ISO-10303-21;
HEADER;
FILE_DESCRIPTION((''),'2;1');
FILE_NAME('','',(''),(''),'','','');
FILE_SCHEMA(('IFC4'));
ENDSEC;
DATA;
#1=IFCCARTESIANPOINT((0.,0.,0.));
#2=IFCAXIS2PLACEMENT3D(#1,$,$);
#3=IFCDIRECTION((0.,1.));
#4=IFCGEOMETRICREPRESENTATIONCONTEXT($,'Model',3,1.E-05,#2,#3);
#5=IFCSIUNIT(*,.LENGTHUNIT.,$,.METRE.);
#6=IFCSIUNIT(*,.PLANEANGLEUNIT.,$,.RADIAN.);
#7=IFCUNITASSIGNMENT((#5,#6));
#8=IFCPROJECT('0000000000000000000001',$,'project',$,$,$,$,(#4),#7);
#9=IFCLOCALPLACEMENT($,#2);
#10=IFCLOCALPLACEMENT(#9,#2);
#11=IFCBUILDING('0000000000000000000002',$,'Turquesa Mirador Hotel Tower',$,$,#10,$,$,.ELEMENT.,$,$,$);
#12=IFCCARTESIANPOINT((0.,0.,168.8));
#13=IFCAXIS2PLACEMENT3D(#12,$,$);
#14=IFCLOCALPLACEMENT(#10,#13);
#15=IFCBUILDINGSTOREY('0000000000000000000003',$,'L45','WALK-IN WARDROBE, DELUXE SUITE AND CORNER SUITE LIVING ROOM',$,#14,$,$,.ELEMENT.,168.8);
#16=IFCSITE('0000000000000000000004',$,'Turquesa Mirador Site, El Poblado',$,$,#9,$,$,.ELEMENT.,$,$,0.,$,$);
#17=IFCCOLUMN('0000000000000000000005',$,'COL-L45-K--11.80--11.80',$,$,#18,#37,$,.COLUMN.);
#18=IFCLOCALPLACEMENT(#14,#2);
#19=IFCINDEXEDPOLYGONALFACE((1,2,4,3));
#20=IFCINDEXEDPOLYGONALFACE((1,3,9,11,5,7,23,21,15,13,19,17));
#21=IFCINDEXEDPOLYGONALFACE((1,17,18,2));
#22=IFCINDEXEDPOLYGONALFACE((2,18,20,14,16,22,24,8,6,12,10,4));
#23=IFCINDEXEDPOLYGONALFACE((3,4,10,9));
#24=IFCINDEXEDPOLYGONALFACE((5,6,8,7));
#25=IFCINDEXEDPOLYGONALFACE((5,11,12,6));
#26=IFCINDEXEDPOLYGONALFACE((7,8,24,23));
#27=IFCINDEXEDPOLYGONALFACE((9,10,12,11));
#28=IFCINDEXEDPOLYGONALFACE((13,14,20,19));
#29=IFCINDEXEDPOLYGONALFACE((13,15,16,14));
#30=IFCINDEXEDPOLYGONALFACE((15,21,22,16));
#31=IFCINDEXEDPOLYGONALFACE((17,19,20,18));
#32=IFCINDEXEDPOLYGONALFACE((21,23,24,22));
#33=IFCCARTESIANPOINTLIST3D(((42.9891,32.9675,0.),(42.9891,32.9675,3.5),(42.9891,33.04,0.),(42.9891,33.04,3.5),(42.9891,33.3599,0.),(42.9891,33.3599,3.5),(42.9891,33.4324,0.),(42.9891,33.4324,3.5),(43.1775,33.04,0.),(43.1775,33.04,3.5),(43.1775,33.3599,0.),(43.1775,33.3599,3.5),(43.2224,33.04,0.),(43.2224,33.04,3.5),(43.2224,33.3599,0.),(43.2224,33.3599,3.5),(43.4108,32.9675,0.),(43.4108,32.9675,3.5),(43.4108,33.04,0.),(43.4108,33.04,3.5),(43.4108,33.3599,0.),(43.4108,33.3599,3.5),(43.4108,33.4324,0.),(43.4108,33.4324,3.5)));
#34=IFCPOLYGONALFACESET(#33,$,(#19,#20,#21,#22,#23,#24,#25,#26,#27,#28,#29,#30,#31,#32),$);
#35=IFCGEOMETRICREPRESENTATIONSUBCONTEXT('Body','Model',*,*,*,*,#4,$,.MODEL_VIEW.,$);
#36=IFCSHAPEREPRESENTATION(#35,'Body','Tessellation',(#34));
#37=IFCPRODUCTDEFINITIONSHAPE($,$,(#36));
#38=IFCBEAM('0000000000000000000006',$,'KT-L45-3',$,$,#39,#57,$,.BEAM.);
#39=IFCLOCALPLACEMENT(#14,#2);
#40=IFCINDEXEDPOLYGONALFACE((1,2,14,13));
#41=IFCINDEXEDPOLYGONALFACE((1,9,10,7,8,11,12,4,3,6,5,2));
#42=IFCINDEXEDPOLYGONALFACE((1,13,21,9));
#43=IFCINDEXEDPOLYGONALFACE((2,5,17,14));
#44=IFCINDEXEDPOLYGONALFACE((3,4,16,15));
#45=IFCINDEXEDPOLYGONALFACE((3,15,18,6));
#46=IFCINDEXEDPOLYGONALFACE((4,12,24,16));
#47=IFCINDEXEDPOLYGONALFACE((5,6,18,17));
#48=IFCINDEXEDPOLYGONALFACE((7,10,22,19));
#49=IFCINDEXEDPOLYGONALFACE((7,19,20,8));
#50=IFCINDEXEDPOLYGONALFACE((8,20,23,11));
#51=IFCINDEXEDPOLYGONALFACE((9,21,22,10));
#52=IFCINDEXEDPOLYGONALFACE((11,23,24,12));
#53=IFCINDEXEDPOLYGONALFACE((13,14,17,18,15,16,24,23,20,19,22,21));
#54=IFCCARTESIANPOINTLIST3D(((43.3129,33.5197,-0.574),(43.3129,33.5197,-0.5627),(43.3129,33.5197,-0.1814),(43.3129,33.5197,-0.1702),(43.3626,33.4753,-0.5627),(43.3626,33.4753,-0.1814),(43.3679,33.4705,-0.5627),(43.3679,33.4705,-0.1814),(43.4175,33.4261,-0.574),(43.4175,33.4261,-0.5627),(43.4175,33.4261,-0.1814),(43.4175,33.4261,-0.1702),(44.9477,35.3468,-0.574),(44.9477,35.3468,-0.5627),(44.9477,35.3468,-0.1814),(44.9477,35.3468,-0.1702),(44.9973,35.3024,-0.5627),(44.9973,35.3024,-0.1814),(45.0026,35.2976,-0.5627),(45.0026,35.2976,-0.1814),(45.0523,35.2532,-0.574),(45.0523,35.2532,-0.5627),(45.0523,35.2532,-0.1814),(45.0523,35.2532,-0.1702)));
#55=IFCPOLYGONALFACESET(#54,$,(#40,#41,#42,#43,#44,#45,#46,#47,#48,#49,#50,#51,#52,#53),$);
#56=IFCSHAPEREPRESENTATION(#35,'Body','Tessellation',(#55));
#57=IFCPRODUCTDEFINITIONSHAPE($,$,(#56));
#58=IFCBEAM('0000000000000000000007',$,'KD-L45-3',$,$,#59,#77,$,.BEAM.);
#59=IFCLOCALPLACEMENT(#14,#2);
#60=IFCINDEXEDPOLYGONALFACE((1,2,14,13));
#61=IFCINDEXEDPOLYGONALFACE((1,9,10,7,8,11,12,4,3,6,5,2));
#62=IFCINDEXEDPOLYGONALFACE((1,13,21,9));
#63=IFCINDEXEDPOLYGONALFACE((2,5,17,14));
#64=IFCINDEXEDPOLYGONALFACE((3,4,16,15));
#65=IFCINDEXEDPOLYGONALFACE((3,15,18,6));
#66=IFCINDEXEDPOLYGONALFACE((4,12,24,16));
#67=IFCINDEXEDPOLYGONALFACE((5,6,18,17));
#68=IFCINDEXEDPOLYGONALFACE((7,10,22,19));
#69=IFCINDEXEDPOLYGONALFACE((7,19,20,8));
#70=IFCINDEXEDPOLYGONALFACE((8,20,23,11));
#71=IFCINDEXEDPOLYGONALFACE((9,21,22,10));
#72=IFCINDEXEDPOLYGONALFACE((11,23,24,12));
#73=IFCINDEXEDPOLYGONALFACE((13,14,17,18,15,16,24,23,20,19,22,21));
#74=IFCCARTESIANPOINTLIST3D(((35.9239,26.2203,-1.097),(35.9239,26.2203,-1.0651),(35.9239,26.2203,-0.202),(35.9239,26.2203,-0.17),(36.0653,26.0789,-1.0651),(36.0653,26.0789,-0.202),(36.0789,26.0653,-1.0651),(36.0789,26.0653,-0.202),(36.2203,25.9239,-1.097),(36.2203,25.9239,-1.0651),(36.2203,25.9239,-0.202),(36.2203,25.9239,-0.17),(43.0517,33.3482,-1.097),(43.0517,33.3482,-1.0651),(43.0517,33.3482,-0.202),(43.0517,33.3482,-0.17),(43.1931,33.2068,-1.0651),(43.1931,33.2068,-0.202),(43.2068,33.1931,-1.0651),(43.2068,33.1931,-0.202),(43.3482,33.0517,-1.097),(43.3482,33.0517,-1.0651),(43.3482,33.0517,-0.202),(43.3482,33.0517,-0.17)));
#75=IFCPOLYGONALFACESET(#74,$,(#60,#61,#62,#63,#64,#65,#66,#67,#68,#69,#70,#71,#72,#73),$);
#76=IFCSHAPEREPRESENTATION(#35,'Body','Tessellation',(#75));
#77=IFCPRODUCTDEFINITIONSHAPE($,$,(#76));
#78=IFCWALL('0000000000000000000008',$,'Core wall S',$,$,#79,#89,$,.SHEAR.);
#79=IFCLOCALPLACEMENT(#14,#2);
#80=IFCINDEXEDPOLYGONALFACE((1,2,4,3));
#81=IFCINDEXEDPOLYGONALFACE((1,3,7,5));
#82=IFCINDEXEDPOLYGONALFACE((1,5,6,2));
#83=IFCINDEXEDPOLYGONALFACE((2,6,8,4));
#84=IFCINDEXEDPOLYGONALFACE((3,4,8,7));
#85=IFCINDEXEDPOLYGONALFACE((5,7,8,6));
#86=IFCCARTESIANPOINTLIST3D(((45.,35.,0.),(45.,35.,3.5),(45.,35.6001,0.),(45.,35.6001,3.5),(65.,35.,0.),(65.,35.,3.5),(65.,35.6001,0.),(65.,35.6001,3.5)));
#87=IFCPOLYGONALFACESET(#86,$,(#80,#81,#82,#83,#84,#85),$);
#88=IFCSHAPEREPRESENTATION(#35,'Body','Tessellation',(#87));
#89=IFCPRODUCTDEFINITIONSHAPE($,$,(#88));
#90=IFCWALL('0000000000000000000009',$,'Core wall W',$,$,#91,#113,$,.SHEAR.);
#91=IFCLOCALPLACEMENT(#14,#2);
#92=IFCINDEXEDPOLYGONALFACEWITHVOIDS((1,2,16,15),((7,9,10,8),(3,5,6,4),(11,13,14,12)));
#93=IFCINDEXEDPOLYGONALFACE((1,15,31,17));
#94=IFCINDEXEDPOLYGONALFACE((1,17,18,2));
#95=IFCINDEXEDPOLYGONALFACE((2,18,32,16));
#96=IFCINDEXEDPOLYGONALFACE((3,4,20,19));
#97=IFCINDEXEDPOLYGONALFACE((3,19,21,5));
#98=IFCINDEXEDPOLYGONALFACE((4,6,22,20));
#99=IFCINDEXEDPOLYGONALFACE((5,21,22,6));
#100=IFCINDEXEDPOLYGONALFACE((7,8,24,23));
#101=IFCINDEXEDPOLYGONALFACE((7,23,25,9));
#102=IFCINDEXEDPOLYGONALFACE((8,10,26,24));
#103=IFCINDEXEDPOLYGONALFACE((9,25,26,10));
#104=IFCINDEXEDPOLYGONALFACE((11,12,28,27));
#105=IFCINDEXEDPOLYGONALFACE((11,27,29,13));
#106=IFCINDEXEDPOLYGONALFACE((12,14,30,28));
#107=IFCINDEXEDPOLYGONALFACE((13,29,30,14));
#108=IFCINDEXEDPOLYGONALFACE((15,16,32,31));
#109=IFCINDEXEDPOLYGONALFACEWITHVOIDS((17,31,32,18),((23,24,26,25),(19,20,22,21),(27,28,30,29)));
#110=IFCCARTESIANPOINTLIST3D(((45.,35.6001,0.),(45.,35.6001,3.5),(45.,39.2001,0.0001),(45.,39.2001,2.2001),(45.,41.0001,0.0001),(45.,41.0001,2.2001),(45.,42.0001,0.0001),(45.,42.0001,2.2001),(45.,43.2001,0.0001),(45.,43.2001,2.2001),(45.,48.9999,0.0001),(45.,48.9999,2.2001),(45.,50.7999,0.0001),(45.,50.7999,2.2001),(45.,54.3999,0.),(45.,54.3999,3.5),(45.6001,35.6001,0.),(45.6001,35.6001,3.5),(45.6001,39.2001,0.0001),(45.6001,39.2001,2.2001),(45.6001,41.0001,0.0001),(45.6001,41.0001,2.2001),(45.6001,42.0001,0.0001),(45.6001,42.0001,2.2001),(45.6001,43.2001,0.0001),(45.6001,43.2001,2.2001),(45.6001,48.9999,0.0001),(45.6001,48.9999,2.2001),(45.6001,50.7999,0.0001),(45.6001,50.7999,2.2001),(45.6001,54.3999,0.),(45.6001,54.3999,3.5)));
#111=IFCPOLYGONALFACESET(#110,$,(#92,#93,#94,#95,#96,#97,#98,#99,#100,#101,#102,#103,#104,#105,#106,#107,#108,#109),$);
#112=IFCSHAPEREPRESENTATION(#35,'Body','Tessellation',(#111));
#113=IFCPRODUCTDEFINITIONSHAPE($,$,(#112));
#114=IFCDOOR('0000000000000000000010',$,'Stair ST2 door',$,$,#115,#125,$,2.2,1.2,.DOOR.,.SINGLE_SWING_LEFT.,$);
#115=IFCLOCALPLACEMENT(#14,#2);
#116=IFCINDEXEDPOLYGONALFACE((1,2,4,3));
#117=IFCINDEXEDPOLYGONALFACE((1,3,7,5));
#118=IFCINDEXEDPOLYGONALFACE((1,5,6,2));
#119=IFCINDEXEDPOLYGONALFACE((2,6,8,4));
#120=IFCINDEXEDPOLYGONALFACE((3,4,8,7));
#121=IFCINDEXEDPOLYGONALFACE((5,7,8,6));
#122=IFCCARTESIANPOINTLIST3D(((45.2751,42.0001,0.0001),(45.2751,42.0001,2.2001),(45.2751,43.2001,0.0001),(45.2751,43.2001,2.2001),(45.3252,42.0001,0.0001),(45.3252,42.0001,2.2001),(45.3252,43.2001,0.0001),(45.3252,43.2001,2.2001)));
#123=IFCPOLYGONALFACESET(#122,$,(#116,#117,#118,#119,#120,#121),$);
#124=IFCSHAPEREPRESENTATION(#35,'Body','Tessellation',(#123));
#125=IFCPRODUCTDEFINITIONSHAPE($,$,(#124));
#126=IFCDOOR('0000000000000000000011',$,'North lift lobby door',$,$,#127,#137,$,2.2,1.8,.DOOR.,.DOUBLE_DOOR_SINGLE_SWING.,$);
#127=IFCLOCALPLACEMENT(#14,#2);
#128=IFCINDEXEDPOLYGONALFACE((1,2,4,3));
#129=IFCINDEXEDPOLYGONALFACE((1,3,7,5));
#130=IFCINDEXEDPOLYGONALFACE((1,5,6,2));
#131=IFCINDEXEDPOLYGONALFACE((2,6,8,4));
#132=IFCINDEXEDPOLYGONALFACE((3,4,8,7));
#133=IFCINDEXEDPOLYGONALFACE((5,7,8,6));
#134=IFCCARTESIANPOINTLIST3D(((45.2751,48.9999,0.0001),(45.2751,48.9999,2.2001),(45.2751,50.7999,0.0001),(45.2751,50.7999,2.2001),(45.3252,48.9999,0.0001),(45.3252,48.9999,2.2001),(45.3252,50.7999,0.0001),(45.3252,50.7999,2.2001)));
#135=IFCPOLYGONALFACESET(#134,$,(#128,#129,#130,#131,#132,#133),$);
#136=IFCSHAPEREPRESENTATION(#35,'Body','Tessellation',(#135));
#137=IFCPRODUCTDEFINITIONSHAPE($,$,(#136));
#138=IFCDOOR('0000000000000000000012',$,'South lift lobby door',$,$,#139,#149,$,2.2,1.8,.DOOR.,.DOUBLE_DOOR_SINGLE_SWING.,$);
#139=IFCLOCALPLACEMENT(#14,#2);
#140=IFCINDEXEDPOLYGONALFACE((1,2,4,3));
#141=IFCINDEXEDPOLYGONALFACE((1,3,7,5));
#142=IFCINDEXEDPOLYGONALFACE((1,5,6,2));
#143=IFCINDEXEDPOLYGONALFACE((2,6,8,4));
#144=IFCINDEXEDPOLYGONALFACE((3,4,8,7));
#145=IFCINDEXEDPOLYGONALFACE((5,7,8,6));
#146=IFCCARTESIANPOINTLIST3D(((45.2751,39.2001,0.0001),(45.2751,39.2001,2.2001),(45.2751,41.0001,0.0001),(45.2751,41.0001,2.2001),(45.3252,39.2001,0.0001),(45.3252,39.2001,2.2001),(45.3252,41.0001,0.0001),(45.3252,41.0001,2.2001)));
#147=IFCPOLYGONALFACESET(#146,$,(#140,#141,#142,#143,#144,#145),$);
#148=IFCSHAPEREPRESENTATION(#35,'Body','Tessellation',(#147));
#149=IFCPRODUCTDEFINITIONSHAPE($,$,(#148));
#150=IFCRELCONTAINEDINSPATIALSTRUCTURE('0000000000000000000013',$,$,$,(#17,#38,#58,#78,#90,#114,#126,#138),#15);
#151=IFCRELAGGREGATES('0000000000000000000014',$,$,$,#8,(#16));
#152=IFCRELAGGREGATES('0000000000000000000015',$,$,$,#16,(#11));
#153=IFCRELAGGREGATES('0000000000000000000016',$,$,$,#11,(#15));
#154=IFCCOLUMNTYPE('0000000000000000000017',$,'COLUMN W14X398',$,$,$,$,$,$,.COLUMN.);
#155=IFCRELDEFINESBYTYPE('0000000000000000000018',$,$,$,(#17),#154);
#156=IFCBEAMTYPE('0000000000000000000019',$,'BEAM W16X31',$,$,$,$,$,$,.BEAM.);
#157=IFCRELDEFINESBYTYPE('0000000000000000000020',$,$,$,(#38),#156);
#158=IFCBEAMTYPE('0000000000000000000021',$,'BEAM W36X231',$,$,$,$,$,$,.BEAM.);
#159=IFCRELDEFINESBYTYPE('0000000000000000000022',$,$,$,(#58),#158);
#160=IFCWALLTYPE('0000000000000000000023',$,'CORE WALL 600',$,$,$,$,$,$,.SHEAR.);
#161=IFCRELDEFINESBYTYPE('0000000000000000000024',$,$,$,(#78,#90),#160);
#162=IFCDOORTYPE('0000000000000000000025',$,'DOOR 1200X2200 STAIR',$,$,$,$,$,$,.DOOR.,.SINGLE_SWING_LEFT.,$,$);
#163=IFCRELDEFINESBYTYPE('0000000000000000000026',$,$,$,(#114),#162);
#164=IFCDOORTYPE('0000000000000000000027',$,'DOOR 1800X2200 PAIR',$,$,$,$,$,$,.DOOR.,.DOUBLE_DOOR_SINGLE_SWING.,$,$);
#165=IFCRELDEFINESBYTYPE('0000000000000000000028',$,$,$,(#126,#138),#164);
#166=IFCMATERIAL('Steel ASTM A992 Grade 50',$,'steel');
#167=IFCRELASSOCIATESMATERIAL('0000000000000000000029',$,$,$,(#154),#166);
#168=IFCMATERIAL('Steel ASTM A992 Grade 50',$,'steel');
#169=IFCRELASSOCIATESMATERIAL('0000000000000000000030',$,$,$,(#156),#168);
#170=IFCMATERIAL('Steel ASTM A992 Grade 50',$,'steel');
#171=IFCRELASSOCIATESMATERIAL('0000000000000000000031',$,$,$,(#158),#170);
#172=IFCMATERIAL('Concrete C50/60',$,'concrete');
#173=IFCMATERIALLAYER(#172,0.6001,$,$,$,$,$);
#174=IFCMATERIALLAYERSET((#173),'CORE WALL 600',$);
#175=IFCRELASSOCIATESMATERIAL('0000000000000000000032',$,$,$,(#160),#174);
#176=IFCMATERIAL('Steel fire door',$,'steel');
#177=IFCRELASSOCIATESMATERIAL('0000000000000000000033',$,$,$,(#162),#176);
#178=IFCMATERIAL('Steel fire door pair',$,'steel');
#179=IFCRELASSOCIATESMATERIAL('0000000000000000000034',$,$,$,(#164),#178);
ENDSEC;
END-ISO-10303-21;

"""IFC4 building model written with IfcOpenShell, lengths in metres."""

from ifc_helpers import new_model, si_unit, direction, frame, frame_2d, origin, origin_2d, place, context, subcontext, project, spatial, rectangle, i_section, extrude, material, layer, layer_set, material_profile, profile_set, type_object, element, fill, save


model = new_model("IFC4")

# Units and contexts
model_context = context("Model", 3, precision=1e-05, world=origin(), true_north=direction((0.0, 1.0)))
body_context = subcontext(model_context, "Body", "Model", "MODEL_VIEW")
ifc_project = project(units=[si_unit("LENGTHUNIT", "METRE"), si_unit("PLANEANGLEUNIT", "RADIAN")], contexts=[model_context])

# Site, building, storey
site_placement = place(None, origin())
site = spatial("IfcSite", under=ifc_project, at=site_placement, Name="Turquesa Mirador Site, El Poblado", CompositionType="ELEMENT", RefElevation=0.0)
building_placement = place(site_placement, origin())
building = spatial("IfcBuilding", under=site, at=building_placement, Name="Turquesa Mirador Hotel Tower", CompositionType="ELEMENT")
storey_placement = place(building_placement, frame((0.0, 0.0, 168.8)))
storey = spatial("IfcBuildingStorey", under=building, at=storey_placement, Name="L45", Description="WALK-IN WARDROBE, DELUXE SUITE AND CORNER SUITE LIVING ROOM", CompositionType="ELEMENT", Elevation=168.8)

# Column
ifc_material_1 = material(Name="Steel ASTM A992 Grade 50", Category="steel")
ifc_material_profile_1 = material_profile(ifc_material_1, i_section(OverallWidth=0.4216, OverallDepth=0.4648, WebThickness=0.0449, FlangeThickness=0.0725, at=origin_2d()), Name="W14X398")
ifc_profile_set_1 = profile_set([ifc_material_profile_1], Name="Steel ASTM A992 Grade 50")
column_type = type_object("IfcColumnType", Name="COLUMN W14X398", PredefinedType="COLUMN", material=ifc_profile_set_1)
column_placement = place(storey_placement, frame((43.2, 33.2, 0.0), z_axis=(0.0, 0.0, 1.0), x_axis=(1.0, 0.0, 0.0)))
element("IfcColumn", 1, at=column_placement, inside=storey, type_object=column_type, Name="COL-L45-K--11.80--11.80", PredefinedType="COLUMN", context=body_context, shape_type="SweptSolid", body=[
    extrude(i_section(OverallWidth=0.4216, OverallDepth=0.4648, WebThickness=0.0449, FlangeThickness=0.0725, at=origin_2d()), origin(), (0.0, 0.0, 1.0), 3.5),
])

# Beams
ifc_material_2 = material(Name="Steel ASTM A992 Grade 50", Category="steel")
ifc_material_profile_2 = material_profile(ifc_material_2, i_section(OverallWidth=0.1404, OverallDepth=0.4038, WebThickness=0.0071, FlangeThickness=0.0112, at=origin_2d()), Name="W16X31")
ifc_profile_set_2 = profile_set([ifc_material_profile_2], Name="Steel ASTM A992 Grade 50")
beam_type_1 = type_object("IfcBeamType", Name="BEAM W16X31", PredefinedType="BEAM", material=ifc_profile_set_2)
beam_1_placement = place(storey_placement, frame((43.3652, 33.4729, -0.3721), z_axis=(0.666783, 0.745252, 0.0), x_axis=(-0.745252, 0.666783, 0.0)))
element("IfcBeam", 2, at=beam_1_placement, inside=storey, type_object=beam_type_1, Name="KT-L45-3", PredefinedType="BEAM", context=body_context, shape_type="SweptSolid", body=[
    extrude(i_section(OverallWidth=0.1404, OverallDepth=0.4038, WebThickness=0.0071, FlangeThickness=0.0112, at=origin_2d()), origin(), (0.0, 0.0, 1.0), 2.4517),
])
ifc_material_3 = material(Name="Steel ASTM A992 Grade 50", Category="steel")
ifc_material_profile_3 = material_profile(ifc_material_3, i_section(OverallWidth=0.4192, OverallDepth=0.927, WebThickness=0.0193, FlangeThickness=0.032, at=origin_2d()), Name="W36X231")
ifc_profile_set_3 = profile_set([ifc_material_profile_3], Name="Steel ASTM A992 Grade 50")
beam_type_2 = type_object("IfcBeamType", Name="BEAM W36X231", PredefinedType="BEAM", material=ifc_profile_set_3)
beam_2_placement = place(storey_placement, frame((43.2, 33.2, -0.6335), z_axis=(-0.707107, -0.707107, 0.0), x_axis=(0.707107, -0.707107, 0.0)))
element("IfcBeam", 3, at=beam_2_placement, inside=storey, type_object=beam_type_2, Name="KD-L45-3", PredefinedType="BEAM", context=body_context, shape_type="SweptSolid", body=[
    extrude(i_section(OverallWidth=0.4192, OverallDepth=0.927, WebThickness=0.0193, FlangeThickness=0.032, at=origin_2d()), origin(), (0.0, 0.0, 1.0), 10.0803),
])

# Wall
ifc_material_4 = material(Name="Concrete C50/60", Category="concrete")
ifc_layer_1 = layer(ifc_material_4, 0.6001)
ifc_layer_set_1 = layer_set([ifc_layer_1], Name="CORE WALL 600")
wall_type_1 = type_object("IfcWallType", Name="CORE WALL 600", PredefinedType="SHEAR", material=ifc_layer_set_1)
wall_1_placement = place(storey_placement, frame((45.0, 35.3, 0.0), z_axis=(0.0, 0.0, 1.0), x_axis=(1.0, 0.0, 0.0)))
element("IfcWall", 4, at=wall_1_placement, inside=storey, type_object=wall_type_1, Name="Core wall S", PredefinedType="SHEAR", context=body_context, shape_type="SweptSolid", body=[
    extrude(rectangle(XDim=20.0, YDim=0.6001, at=frame_2d((10.0, 0.0))), origin(), (0.0, 0.0, 1.0), 3.5),
])

# Wall, openings, doors
wall_2_placement = place(storey_placement, frame((45.3, 35.6001, 0.0), z_axis=(0.0, 0.0, 1.0), x_axis=(0.0, 1.0, 0.0)))
wall_2 = element("IfcWall", 5, at=wall_2_placement, inside=storey, type_object=wall_type_1, Name="Core wall W", PredefinedType="SHEAR", context=body_context, shape_type="SweptSolid", body=[
    extrude(rectangle(XDim=18.7998, YDim=0.6001, at=frame_2d((9.3999, 0.0))), origin(), (0.0, 0.0, 1.0), 3.5),
])
opening_1_placement = place(wall_2_placement, frame((13.3999, 0.0, 0.0)))
opening_1 = element("IfcOpeningElement", 6, at=opening_1_placement, cuts=wall_2, PredefinedType="OPENING", context=body_context, shape_type="SweptSolid", body=[
    extrude(rectangle(XDim=1.8, YDim=2.2, at=frame_2d((0.8999, 1.1001))), frame((0.0, 0.3101, 0.0), z_axis=(0.0, -1.0, 0.0), x_axis=(1.0, 0.0, 0.0)), (0.0, 0.0, 1.0), 0.6201),
])
opening_2_placement = place(wall_2_placement, frame((3.6001, 0.0, 0.0)))
opening_2 = element("IfcOpeningElement", 7, at=opening_2_placement, cuts=wall_2, PredefinedType="OPENING", context=body_context, shape_type="SweptSolid", body=[
    extrude(rectangle(XDim=1.8, YDim=2.2, at=frame_2d((0.8999, 1.1001))), frame((0.0, 0.3101, 0.0), z_axis=(0.0, -1.0, 0.0), x_axis=(1.0, 0.0, 0.0)), (0.0, 0.0, 1.0), 0.6201),
])
opening_3_placement = place(wall_2_placement, frame((6.3999, 0.0, 0.0)))
opening_3 = element("IfcOpeningElement", 8, at=opening_3_placement, cuts=wall_2, PredefinedType="OPENING", context=body_context, shape_type="SweptSolid", body=[
    extrude(rectangle(XDim=1.2, YDim=2.2, at=frame_2d((0.6001, 1.1001))), frame((0.0, 0.3101, 0.0), z_axis=(0.0, -1.0, 0.0), x_axis=(1.0, 0.0, 0.0)), (0.0, 0.0, 1.0), 0.6201),
])
ifc_material_5 = material(Name="Steel fire door", Category="steel")
door_type_1 = type_object("IfcDoorType", Name="DOOR 1200X2200 STAIR", OperationType="SINGLE_SWING_LEFT", PredefinedType="DOOR", material=ifc_material_5)
door_1_placement = place(opening_3_placement, origin())
door_1 = element("IfcDoor", 9, at=door_1_placement, inside=storey, type_object=door_type_1, Name="Stair ST2 door", OperationType="SINGLE_SWING_LEFT", OverallHeight=2.2, OverallWidth=1.2, PredefinedType="DOOR", context=body_context, shape_type="SweptSolid", body=[
    extrude(rectangle(XDim=1.2, YDim=2.2, at=frame_2d((0.6001, 1.1001))), frame((0.0, 0.0249, 0.0), z_axis=(0.0, -1.0, 0.0), x_axis=(1.0, 0.0, 0.0)), (0.0, 0.0, 1.0), 0.05),
])
fill(opening_3, door_1)
ifc_material_6 = material(Name="Steel fire door pair", Category="steel")
door_type_2 = type_object("IfcDoorType", Name="DOOR 1800X2200 PAIR", OperationType="DOUBLE_DOOR_SINGLE_SWING", PredefinedType="DOOR", material=ifc_material_6)
door_2_placement = place(opening_1_placement, origin())
door_2 = element("IfcDoor", 10, at=door_2_placement, inside=storey, type_object=door_type_2, Name="North lift lobby door", OperationType="DOUBLE_DOOR_SINGLE_SWING", OverallHeight=2.2, OverallWidth=1.8, PredefinedType="DOOR", context=body_context, shape_type="SweptSolid", body=[
    extrude(rectangle(XDim=1.8, YDim=2.2, at=frame_2d((0.8999, 1.1001))), frame((0.0, 0.0249, 0.0), z_axis=(0.0, -1.0, 0.0), x_axis=(1.0, 0.0, 0.0)), (0.0, 0.0, 1.0), 0.05),
])
fill(opening_1, door_2)
door_3_placement = place(opening_2_placement, origin())
door_3 = element("IfcDoor", 11, at=door_3_placement, inside=storey, type_object=door_type_2, Name="South lift lobby door", OperationType="DOUBLE_DOOR_SINGLE_SWING", OverallHeight=2.2, OverallWidth=1.8, PredefinedType="DOOR", context=body_context, shape_type="SweptSolid", body=[
    extrude(rectangle(XDim=1.8, YDim=2.2, at=frame_2d((0.8999, 1.1001))), frame((0.0, 0.0249, 0.0), z_axis=(0.0, -1.0, 0.0), x_axis=(1.0, 0.0, 0.0)), (0.0, 0.0, 1.0), 0.05),
])
fill(opening_2, door_3)

save(model, "model.ifc")
